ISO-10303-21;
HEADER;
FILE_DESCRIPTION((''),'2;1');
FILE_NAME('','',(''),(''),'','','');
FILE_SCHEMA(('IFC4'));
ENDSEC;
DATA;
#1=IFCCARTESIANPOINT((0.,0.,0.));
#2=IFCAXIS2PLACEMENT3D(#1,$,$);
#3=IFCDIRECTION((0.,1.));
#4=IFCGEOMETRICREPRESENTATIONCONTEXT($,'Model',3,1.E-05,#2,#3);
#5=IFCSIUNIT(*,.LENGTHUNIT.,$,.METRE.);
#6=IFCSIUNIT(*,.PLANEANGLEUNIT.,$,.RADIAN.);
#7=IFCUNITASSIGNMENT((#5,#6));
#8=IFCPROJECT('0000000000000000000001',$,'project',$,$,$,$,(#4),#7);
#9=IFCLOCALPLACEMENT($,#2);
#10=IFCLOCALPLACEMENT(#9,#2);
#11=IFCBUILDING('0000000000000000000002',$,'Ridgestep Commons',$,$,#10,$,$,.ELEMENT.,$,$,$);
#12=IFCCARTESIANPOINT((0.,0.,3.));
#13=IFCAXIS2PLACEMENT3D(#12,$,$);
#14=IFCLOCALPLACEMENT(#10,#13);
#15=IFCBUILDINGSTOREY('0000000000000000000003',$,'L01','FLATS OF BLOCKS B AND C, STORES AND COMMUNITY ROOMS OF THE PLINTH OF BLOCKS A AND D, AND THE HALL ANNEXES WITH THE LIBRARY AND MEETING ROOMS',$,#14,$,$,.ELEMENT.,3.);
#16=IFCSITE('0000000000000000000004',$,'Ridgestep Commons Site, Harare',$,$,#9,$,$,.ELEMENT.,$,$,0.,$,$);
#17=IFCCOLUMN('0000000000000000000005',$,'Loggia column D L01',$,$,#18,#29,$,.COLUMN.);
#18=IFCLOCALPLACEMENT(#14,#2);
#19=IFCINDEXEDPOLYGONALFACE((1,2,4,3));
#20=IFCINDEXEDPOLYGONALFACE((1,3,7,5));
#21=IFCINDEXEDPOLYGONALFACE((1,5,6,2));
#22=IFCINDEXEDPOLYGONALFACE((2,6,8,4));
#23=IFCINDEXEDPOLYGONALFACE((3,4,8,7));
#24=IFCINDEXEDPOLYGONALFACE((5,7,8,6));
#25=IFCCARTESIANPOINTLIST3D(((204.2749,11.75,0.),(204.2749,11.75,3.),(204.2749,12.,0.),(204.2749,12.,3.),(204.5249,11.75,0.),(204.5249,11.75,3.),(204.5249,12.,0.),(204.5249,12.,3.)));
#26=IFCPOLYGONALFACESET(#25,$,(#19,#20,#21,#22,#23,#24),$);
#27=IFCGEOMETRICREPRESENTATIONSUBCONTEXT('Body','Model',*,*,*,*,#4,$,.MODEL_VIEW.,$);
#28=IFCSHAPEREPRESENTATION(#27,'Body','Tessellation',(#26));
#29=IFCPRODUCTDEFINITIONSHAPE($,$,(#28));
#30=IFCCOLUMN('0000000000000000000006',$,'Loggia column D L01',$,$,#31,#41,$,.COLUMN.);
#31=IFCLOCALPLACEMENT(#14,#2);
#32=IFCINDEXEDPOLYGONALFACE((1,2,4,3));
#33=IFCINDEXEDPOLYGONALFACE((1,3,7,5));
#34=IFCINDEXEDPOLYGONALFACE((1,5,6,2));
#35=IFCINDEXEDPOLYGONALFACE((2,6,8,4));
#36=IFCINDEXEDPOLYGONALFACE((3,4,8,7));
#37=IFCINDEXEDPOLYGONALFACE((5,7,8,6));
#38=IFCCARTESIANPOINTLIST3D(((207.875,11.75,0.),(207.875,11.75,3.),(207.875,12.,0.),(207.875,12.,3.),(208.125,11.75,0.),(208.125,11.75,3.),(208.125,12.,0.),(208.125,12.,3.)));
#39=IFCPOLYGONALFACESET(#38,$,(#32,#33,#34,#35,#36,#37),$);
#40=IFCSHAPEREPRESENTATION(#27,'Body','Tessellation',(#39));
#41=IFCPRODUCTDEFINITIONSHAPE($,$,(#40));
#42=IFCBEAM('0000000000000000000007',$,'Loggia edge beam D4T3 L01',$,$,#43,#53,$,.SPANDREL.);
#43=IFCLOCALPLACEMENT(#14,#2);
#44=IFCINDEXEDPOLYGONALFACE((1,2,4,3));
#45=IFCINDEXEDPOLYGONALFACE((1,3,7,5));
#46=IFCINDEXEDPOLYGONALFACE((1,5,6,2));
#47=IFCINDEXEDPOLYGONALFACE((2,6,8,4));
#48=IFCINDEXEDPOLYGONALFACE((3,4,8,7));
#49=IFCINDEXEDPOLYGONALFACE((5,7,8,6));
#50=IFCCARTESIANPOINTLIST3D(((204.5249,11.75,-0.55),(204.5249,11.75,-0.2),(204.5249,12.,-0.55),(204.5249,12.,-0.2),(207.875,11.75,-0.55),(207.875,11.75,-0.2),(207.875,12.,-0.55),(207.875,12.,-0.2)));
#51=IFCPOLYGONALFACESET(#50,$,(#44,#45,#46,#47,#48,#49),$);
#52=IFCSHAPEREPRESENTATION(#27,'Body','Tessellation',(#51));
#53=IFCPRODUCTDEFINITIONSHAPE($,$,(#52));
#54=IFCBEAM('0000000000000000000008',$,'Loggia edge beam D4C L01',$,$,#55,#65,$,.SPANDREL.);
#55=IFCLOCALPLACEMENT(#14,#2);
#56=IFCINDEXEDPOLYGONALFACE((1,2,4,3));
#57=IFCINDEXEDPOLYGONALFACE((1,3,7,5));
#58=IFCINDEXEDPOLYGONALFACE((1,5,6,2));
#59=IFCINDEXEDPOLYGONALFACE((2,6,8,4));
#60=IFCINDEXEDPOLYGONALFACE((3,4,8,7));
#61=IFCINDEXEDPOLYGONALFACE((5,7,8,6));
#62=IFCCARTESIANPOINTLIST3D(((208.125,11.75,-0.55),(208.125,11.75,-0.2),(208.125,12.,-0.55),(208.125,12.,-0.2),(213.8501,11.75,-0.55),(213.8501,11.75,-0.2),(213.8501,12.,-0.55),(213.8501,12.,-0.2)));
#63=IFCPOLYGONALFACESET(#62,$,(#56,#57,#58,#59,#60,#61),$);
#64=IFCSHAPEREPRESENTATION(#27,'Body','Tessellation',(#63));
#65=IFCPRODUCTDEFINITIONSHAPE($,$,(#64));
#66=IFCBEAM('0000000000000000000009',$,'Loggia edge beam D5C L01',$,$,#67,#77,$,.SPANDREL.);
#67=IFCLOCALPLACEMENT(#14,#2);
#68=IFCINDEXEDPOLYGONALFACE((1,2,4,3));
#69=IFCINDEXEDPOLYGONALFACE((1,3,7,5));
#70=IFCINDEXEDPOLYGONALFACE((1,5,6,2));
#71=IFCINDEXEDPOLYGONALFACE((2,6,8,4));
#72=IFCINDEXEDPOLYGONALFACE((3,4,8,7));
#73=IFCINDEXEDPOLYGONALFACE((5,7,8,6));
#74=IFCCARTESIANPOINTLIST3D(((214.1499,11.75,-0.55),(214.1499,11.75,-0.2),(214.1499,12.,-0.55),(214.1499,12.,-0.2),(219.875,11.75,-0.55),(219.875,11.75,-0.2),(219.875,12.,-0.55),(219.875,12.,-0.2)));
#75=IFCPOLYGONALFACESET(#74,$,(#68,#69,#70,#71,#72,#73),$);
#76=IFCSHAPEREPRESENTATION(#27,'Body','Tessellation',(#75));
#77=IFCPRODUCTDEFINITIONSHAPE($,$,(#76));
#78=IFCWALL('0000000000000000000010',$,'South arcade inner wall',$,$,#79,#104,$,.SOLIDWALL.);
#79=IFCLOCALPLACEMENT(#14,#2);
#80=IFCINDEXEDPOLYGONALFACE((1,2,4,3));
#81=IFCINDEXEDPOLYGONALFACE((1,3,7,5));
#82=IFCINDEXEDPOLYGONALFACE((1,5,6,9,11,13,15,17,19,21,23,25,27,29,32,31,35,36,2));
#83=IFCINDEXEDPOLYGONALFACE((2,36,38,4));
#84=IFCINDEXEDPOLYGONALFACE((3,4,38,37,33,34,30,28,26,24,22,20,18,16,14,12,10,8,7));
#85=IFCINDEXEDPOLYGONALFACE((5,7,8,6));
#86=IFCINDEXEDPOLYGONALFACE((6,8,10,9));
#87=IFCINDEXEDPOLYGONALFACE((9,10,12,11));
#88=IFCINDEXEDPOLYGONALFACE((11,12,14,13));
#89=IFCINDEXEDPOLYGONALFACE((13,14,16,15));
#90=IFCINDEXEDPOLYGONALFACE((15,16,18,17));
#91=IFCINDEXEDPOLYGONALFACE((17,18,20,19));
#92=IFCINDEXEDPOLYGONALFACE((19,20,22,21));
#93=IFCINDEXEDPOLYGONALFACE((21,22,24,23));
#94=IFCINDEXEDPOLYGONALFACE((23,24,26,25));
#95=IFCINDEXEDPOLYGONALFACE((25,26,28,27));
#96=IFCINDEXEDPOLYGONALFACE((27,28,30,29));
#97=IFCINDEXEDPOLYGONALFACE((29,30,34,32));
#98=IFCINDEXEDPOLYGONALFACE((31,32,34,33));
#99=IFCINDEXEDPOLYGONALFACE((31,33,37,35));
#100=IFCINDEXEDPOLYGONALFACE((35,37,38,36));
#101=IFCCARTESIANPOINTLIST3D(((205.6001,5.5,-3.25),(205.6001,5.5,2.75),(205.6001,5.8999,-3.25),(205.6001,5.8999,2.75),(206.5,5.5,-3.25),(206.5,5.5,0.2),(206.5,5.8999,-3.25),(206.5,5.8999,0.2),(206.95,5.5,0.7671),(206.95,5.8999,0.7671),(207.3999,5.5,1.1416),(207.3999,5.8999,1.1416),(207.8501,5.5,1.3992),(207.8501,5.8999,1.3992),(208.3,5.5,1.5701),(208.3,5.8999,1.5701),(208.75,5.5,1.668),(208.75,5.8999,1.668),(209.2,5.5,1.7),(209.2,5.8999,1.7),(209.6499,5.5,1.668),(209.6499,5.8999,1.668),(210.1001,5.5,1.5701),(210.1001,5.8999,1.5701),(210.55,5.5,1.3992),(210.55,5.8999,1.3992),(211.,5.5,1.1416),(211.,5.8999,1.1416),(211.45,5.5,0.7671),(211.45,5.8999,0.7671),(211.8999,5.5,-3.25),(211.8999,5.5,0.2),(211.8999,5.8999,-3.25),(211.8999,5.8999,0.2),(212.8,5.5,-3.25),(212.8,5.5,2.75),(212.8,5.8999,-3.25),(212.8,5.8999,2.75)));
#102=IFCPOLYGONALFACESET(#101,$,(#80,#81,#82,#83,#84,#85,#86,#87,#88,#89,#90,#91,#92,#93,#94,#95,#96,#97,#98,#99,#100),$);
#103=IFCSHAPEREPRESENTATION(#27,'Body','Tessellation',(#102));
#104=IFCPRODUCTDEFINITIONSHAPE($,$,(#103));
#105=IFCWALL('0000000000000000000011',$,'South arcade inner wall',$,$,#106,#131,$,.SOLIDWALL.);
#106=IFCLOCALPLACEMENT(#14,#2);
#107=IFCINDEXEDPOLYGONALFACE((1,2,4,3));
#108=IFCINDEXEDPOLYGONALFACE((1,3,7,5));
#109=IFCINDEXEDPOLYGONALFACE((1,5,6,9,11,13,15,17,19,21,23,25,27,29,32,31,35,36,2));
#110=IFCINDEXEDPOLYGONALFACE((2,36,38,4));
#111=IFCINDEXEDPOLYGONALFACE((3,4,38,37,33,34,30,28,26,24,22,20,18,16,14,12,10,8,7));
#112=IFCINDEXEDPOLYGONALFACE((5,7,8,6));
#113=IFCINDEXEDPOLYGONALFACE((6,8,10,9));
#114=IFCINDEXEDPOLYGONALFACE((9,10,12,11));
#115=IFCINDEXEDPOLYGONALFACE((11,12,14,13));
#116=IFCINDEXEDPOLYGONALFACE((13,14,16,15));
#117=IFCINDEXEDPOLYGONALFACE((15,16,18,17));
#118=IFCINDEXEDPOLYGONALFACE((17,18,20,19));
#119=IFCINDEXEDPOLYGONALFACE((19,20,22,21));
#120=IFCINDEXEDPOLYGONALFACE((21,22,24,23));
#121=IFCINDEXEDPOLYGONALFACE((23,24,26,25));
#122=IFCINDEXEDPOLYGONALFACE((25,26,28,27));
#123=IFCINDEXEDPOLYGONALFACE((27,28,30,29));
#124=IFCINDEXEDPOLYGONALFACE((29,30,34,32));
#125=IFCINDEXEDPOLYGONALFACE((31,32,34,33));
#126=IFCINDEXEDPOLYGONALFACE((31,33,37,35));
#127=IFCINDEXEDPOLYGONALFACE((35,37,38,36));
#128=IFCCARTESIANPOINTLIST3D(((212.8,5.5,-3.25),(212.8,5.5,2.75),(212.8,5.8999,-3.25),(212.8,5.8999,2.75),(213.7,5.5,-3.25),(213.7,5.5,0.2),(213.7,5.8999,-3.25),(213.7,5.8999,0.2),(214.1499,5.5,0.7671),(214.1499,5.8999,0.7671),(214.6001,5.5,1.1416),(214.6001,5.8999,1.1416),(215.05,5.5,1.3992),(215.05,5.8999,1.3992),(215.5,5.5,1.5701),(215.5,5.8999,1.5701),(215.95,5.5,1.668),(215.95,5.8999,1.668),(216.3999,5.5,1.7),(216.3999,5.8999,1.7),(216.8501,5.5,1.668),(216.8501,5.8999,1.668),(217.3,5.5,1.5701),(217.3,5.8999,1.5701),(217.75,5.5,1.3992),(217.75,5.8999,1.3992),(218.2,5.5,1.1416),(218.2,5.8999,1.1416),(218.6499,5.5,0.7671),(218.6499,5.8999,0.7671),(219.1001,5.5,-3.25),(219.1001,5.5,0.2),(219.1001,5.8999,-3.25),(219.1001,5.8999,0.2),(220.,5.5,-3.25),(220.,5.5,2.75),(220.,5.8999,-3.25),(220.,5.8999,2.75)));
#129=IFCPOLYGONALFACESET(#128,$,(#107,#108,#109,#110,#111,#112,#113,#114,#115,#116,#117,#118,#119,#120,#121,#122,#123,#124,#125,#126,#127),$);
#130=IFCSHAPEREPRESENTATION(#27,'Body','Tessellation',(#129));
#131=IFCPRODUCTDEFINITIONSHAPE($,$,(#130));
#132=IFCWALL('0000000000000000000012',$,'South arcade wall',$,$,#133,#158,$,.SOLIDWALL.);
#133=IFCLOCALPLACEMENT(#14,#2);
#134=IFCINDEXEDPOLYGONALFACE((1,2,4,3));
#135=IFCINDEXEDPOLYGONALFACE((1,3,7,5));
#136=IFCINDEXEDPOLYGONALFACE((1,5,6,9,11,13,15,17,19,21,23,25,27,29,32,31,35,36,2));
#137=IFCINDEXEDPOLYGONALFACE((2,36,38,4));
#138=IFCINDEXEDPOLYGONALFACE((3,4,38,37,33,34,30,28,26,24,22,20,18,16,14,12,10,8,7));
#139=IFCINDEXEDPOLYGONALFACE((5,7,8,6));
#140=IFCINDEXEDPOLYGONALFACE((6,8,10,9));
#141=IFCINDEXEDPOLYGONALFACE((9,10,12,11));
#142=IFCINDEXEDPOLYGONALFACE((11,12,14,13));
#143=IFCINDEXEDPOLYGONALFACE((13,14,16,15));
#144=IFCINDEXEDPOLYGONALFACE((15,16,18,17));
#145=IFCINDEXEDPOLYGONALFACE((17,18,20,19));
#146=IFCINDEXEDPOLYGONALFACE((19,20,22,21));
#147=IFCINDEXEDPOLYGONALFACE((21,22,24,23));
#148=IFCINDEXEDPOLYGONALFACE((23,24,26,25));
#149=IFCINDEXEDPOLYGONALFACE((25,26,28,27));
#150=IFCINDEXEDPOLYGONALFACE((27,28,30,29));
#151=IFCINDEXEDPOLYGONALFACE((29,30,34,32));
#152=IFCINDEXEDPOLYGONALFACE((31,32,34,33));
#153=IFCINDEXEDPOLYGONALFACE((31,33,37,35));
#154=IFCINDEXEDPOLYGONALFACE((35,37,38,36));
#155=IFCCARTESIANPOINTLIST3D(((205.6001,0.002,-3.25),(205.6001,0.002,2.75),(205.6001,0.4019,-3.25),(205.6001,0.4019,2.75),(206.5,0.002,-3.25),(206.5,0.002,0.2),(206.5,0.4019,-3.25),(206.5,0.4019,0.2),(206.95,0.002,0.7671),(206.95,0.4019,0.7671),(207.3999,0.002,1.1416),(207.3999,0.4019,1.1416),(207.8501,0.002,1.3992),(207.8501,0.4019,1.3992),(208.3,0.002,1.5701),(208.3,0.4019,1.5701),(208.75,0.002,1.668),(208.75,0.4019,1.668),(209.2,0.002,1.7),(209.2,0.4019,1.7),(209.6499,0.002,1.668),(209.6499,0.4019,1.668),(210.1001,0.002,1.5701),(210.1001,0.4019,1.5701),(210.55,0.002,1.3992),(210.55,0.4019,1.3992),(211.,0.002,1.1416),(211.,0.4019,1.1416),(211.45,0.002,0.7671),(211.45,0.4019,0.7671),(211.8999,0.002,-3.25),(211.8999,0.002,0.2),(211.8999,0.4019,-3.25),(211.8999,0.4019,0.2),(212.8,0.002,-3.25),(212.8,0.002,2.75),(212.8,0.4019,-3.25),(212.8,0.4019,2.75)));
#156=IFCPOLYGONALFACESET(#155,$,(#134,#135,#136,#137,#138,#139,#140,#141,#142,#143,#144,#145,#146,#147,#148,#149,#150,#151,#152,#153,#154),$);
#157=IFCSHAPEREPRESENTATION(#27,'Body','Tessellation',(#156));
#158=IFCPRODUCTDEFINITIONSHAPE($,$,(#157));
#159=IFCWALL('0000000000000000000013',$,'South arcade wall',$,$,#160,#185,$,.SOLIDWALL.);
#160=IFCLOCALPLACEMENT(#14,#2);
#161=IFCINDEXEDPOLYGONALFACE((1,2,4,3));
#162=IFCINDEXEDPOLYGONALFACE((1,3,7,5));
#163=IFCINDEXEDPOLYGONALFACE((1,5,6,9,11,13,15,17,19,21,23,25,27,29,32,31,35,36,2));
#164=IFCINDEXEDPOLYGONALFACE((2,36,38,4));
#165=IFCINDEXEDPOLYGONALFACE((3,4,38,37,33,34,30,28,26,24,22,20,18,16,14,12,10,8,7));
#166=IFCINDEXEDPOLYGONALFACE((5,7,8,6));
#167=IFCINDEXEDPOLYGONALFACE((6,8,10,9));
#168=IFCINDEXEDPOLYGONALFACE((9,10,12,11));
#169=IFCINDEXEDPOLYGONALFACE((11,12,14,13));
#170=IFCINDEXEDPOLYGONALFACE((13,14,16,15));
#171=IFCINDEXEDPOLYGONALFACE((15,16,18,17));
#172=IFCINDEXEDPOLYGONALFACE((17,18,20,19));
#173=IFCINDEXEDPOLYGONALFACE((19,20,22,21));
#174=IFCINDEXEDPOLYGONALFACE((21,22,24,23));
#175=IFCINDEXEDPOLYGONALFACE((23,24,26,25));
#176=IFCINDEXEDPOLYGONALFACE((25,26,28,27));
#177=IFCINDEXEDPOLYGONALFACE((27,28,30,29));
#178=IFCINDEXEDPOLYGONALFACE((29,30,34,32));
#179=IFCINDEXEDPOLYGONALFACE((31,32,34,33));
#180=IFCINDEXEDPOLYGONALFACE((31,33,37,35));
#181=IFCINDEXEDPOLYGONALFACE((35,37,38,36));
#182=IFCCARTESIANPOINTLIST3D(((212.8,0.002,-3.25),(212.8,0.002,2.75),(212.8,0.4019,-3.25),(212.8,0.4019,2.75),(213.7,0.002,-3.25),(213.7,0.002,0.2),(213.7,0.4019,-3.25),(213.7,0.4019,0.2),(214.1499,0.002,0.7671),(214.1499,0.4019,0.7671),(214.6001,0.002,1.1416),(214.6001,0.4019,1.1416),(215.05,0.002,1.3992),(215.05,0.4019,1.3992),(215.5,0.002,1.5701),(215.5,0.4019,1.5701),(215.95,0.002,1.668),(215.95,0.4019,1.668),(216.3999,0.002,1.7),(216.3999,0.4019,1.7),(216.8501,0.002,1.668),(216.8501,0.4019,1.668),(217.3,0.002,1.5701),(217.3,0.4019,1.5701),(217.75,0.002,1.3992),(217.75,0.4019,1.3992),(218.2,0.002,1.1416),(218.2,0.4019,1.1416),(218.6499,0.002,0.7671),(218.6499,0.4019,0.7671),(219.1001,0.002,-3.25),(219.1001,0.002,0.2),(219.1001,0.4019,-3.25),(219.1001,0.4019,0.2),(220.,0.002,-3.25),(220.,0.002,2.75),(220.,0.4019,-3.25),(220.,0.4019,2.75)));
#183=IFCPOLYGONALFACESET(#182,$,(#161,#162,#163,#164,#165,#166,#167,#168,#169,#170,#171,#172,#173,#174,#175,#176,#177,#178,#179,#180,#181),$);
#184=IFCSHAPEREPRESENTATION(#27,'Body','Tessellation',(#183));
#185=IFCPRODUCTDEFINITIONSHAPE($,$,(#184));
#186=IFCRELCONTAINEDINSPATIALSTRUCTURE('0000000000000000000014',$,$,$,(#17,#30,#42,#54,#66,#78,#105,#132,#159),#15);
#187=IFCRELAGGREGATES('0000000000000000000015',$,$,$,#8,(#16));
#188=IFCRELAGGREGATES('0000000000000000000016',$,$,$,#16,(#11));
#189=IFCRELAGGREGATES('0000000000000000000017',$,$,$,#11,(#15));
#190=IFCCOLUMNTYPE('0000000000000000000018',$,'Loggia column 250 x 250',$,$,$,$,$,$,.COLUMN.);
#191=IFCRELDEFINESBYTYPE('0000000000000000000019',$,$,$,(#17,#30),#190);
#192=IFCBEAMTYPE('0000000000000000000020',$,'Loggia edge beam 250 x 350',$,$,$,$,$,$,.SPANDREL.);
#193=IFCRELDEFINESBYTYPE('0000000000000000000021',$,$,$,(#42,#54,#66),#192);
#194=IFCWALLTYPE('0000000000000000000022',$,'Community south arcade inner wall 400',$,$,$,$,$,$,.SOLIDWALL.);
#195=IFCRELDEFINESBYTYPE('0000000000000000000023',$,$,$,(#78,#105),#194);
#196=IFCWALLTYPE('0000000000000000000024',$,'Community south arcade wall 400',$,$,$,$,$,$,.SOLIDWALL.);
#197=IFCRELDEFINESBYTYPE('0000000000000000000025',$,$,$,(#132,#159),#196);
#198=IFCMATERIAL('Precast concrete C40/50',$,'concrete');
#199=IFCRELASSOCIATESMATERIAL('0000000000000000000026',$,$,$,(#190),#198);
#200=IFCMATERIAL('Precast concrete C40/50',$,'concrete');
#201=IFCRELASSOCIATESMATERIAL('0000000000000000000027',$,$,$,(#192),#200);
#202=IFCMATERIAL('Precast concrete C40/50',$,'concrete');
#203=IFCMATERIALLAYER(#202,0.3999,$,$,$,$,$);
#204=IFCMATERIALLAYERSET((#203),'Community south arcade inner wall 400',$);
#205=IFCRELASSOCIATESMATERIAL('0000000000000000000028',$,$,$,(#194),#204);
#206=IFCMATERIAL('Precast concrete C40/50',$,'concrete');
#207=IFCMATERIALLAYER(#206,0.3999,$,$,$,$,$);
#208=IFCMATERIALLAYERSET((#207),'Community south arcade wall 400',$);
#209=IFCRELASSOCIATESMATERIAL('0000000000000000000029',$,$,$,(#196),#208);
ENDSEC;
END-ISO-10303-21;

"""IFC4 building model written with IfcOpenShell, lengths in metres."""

from ifc_helpers import new_model, si_unit, direction, frame, origin, origin_2d, place, context, subcontext, project, spatial, polyline, rectangle, outline, extrude, material, layer, layer_set, material_profile, profile_set, type_object, element, save


model = new_model("IFC4")

# Units and contexts
model_context = context("Model", 3, precision=1e-05, world=origin(), true_north=direction((0.0, 1.0)))
body_context = subcontext(model_context, "Body", "Model", "MODEL_VIEW")
ifc_project = project(units=[si_unit("LENGTHUNIT", "METRE"), si_unit("PLANEANGLEUNIT", "RADIAN")], contexts=[model_context])

# Site, building, storey
site_placement = place(None, origin())
site = spatial("IfcSite", under=ifc_project, at=site_placement, Name="Ridgestep Commons Site, Harare", CompositionType="ELEMENT", RefElevation=0.0)
building_placement = place(site_placement, origin())
building = spatial("IfcBuilding", under=site, at=building_placement, Name="Ridgestep Commons", CompositionType="ELEMENT")
storey_placement = place(building_placement, frame((0.0, 0.0, 3.0)))
storey = spatial("IfcBuildingStorey", under=building, at=storey_placement, Name="L01", Description="FLATS OF BLOCKS B AND C, STORES AND COMMUNITY ROOMS OF THE PLINTH OF BLOCKS A AND D, AND THE HALL ANNEXES WITH THE LIBRARY AND MEETING ROOMS", CompositionType="ELEMENT", Elevation=3.0)

# Columns
ifc_material_1 = material(Name="Precast concrete C40/50", Category="concrete")
ifc_material_profile_1 = material_profile(ifc_material_1, rectangle(XDim=0.25, YDim=0.25, at=origin_2d()), Name="PC 250x250")
ifc_profile_set_1 = profile_set([ifc_material_profile_1], Name="Precast concrete C40/50")
column_type = type_object("IfcColumnType", Name="Loggia column 250 x 250", PredefinedType="COLUMN", material=ifc_profile_set_1)
for number, where, z_axis, x_axis, name in (
    (1, (204.3999, 11.875, 0.0), (0.0, 0.0, 1.0), (1.0, 0.0, 0.0), "Loggia column D L01"),
    (2, (208.0, 11.875, 0.0), (0.0, 0.0, 1.0), (1.0, 0.0, 0.0), "Loggia column D L01"),
):
    element("IfcColumn", number, at=place(storey_placement, frame(where, z_axis=z_axis, x_axis=x_axis)), inside=storey, type_object=column_type, Name=name, PredefinedType="COLUMN", context=body_context, shape_type="SweptSolid", body=[
        extrude(rectangle(XDim=0.25, YDim=0.25, at=origin_2d()), origin(), (0.0, 0.0, 1.0), 3.0),
    ])

# Beams
ifc_material_2 = material(Name="Precast concrete C40/50", Category="concrete")
ifc_material_profile_2 = material_profile(ifc_material_2, rectangle(XDim=0.25, YDim=0.3501, at=origin_2d()), Name="PC 250x350")
ifc_profile_set_2 = profile_set([ifc_material_profile_2], Name="Precast concrete C40/50")
beam_type = type_object("IfcBeamType", Name="Loggia edge beam 250 x 350", PredefinedType="SPANDREL", material=ifc_profile_set_2)
beam_placement = place(storey_placement, frame((204.5249, 11.875, -0.375), z_axis=(1.0, 0.0, 0.0), x_axis=(0.0, 1.0, 0.0)))
element("IfcBeam", 3, at=beam_placement, inside=storey, type_object=beam_type, Name="Loggia edge beam D4T3 L01", PredefinedType="SPANDREL", context=body_context, shape_type="SweptSolid", body=[
    extrude(rectangle(XDim=0.25, YDim=0.3501, at=origin_2d()), origin(), (0.0, 0.0, 1.0), 3.3501),
])
for number, where, z_axis, x_axis, name in (
    (4, (208.125, 11.875, -0.375), (1.0, 0.0, 0.0), (0.0, 1.0, 0.0), "Loggia edge beam D4C L01"),
    (5, (214.1499, 11.875, -0.375), (1.0, 0.0, 0.0), (0.0, 1.0, 0.0), "Loggia edge beam D5C L01"),
):
    element("IfcBeam", number, at=place(storey_placement, frame(where, z_axis=z_axis, x_axis=x_axis)), inside=storey, type_object=beam_type, Name=name, PredefinedType="SPANDREL", context=body_context, shape_type="SweptSolid", body=[
        extrude(rectangle(XDim=0.25, YDim=0.3501, at=origin_2d()), origin(), (0.0, 0.0, 1.0), 5.7251),
    ])

# Walls
ifc_material_3 = material(Name="Precast concrete C40/50", Category="concrete")
ifc_layer_1 = layer(ifc_material_3, 0.3999)
ifc_layer_set_1 = layer_set([ifc_layer_1], Name="Community south arcade inner wall 400")
wall_type_1 = type_object("IfcWallType", Name="Community south arcade inner wall 400", PredefinedType="SOLIDWALL", material=ifc_layer_set_1)
wall_1_placement = place(storey_placement, frame((205.6001, 5.5, -3.25), z_axis=(0.0, -1.0, 0.0), x_axis=(1.0, 0.0, 0.0)))
element("IfcWall", 6, at=wall_1_placement, inside=storey, type_object=wall_type_1, Name="South arcade inner wall", PredefinedType="SOLIDWALL", context=body_context, shape_type="SweptSolid", body=[
    extrude(outline(polyline([(0.0, 0.0), (0.8999, 0.0), (0.8999, 3.45), (1.3499, 4.0171), (1.7998, 4.3916), (2.25, 4.6492), (2.7, 4.8201), (3.1499, 4.918), (3.5999, 4.95), (4.0498, 4.918), (4.5, 4.8201), (4.95, 4.6492), (5.3999, 4.3916), (5.8499, 4.0171), (6.2998, 3.45), (6.2998, 0.0), (7.2, 0.0), (7.2, 6.0), (0.0, 6.0), (0.0, 0.0)])), origin(), (0.0, 0.0, -1.0), 0.3999),
])
wall_2_placement = place(storey_placement, frame((212.8, 5.5, -3.25), z_axis=(0.0, -1.0, 0.0), x_axis=(1.0, 0.0, 0.0)))
element("IfcWall", 7, at=wall_2_placement, inside=storey, type_object=wall_type_1, Name="South arcade inner wall", PredefinedType="SOLIDWALL", context=body_context, shape_type="SweptSolid", body=[
    extrude(outline(polyline([(0.0, 0.0), (0.8999, 0.0), (0.8999, 3.45), (1.3499, 4.0171), (1.8, 4.3916), (2.25, 4.6492), (2.7, 4.8201), (3.1499, 4.918), (3.5999, 4.95), (4.05, 4.918), (4.5, 4.8201), (4.95, 4.6492), (5.3999, 4.3916), (5.8499, 4.0171), (6.3, 3.45), (6.3, 0.0), (7.2, 0.0), (7.2, 6.0), (0.0, 6.0), (0.0, 0.0)])), origin(), (0.0, 0.0, -1.0), 0.3999),
])
ifc_material_4 = material(Name="Precast concrete C40/50", Category="concrete")
ifc_layer_2 = layer(ifc_material_4, 0.3999)
ifc_layer_set_2 = layer_set([ifc_layer_2], Name="Community south arcade wall 400")
wall_type_2 = type_object("IfcWallType", Name="Community south arcade wall 400", PredefinedType="SOLIDWALL", material=ifc_layer_set_2)
wall_3_placement = place(storey_placement, frame((205.6001, 0.002, -3.25), z_axis=(0.0, -1.0, 0.0), x_axis=(1.0, 0.0, 0.0)))
element("IfcWall", 8, at=wall_3_placement, inside=storey, type_object=wall_type_2, Name="South arcade wall", PredefinedType="SOLIDWALL", context=body_context, shape_type="SweptSolid", body=[
    extrude(outline(polyline([(0.0, 0.0), (0.8999, 0.0), (0.8999, 3.45), (1.3499, 4.0171), (1.7998, 4.3916), (2.25, 4.6492), (2.7, 4.8201), (3.1499, 4.918), (3.5999, 4.95), (4.0498, 4.918), (4.5, 4.8201), (4.95, 4.6492), (5.3999, 4.3916), (5.8499, 4.0171), (6.2998, 3.45), (6.2998, 0.0), (7.2, 0.0), (7.2, 6.0), (0.0, 6.0), (0.0, 0.0)])), origin(), (0.0, 0.0, -1.0), 0.3999),
])
wall_4_placement = place(storey_placement, frame((212.8, 0.002, -3.25), z_axis=(0.0, -1.0, 0.0), x_axis=(1.0, 0.0, 0.0)))
element("IfcWall", 9, at=wall_4_placement, inside=storey, type_object=wall_type_2, Name="South arcade wall", PredefinedType="SOLIDWALL", context=body_context, shape_type="SweptSolid", body=[
    extrude(outline(polyline([(0.0, 0.0), (0.8999, 0.0), (0.8999, 3.45), (1.3499, 4.0171), (1.8, 4.3916), (2.25, 4.6492), (2.7, 4.8201), (3.1499, 4.918), (3.5999, 4.95), (4.05, 4.918), (4.5, 4.8201), (4.95, 4.6492), (5.3999, 4.3916), (5.8499, 4.0171), (6.3, 3.45), (6.3, 0.0), (7.2, 0.0), (7.2, 6.0), (0.0, 6.0), (0.0, 0.0)])), origin(), (0.0, 0.0, -1.0), 0.3999),
])

save(model, "model.ifc")
